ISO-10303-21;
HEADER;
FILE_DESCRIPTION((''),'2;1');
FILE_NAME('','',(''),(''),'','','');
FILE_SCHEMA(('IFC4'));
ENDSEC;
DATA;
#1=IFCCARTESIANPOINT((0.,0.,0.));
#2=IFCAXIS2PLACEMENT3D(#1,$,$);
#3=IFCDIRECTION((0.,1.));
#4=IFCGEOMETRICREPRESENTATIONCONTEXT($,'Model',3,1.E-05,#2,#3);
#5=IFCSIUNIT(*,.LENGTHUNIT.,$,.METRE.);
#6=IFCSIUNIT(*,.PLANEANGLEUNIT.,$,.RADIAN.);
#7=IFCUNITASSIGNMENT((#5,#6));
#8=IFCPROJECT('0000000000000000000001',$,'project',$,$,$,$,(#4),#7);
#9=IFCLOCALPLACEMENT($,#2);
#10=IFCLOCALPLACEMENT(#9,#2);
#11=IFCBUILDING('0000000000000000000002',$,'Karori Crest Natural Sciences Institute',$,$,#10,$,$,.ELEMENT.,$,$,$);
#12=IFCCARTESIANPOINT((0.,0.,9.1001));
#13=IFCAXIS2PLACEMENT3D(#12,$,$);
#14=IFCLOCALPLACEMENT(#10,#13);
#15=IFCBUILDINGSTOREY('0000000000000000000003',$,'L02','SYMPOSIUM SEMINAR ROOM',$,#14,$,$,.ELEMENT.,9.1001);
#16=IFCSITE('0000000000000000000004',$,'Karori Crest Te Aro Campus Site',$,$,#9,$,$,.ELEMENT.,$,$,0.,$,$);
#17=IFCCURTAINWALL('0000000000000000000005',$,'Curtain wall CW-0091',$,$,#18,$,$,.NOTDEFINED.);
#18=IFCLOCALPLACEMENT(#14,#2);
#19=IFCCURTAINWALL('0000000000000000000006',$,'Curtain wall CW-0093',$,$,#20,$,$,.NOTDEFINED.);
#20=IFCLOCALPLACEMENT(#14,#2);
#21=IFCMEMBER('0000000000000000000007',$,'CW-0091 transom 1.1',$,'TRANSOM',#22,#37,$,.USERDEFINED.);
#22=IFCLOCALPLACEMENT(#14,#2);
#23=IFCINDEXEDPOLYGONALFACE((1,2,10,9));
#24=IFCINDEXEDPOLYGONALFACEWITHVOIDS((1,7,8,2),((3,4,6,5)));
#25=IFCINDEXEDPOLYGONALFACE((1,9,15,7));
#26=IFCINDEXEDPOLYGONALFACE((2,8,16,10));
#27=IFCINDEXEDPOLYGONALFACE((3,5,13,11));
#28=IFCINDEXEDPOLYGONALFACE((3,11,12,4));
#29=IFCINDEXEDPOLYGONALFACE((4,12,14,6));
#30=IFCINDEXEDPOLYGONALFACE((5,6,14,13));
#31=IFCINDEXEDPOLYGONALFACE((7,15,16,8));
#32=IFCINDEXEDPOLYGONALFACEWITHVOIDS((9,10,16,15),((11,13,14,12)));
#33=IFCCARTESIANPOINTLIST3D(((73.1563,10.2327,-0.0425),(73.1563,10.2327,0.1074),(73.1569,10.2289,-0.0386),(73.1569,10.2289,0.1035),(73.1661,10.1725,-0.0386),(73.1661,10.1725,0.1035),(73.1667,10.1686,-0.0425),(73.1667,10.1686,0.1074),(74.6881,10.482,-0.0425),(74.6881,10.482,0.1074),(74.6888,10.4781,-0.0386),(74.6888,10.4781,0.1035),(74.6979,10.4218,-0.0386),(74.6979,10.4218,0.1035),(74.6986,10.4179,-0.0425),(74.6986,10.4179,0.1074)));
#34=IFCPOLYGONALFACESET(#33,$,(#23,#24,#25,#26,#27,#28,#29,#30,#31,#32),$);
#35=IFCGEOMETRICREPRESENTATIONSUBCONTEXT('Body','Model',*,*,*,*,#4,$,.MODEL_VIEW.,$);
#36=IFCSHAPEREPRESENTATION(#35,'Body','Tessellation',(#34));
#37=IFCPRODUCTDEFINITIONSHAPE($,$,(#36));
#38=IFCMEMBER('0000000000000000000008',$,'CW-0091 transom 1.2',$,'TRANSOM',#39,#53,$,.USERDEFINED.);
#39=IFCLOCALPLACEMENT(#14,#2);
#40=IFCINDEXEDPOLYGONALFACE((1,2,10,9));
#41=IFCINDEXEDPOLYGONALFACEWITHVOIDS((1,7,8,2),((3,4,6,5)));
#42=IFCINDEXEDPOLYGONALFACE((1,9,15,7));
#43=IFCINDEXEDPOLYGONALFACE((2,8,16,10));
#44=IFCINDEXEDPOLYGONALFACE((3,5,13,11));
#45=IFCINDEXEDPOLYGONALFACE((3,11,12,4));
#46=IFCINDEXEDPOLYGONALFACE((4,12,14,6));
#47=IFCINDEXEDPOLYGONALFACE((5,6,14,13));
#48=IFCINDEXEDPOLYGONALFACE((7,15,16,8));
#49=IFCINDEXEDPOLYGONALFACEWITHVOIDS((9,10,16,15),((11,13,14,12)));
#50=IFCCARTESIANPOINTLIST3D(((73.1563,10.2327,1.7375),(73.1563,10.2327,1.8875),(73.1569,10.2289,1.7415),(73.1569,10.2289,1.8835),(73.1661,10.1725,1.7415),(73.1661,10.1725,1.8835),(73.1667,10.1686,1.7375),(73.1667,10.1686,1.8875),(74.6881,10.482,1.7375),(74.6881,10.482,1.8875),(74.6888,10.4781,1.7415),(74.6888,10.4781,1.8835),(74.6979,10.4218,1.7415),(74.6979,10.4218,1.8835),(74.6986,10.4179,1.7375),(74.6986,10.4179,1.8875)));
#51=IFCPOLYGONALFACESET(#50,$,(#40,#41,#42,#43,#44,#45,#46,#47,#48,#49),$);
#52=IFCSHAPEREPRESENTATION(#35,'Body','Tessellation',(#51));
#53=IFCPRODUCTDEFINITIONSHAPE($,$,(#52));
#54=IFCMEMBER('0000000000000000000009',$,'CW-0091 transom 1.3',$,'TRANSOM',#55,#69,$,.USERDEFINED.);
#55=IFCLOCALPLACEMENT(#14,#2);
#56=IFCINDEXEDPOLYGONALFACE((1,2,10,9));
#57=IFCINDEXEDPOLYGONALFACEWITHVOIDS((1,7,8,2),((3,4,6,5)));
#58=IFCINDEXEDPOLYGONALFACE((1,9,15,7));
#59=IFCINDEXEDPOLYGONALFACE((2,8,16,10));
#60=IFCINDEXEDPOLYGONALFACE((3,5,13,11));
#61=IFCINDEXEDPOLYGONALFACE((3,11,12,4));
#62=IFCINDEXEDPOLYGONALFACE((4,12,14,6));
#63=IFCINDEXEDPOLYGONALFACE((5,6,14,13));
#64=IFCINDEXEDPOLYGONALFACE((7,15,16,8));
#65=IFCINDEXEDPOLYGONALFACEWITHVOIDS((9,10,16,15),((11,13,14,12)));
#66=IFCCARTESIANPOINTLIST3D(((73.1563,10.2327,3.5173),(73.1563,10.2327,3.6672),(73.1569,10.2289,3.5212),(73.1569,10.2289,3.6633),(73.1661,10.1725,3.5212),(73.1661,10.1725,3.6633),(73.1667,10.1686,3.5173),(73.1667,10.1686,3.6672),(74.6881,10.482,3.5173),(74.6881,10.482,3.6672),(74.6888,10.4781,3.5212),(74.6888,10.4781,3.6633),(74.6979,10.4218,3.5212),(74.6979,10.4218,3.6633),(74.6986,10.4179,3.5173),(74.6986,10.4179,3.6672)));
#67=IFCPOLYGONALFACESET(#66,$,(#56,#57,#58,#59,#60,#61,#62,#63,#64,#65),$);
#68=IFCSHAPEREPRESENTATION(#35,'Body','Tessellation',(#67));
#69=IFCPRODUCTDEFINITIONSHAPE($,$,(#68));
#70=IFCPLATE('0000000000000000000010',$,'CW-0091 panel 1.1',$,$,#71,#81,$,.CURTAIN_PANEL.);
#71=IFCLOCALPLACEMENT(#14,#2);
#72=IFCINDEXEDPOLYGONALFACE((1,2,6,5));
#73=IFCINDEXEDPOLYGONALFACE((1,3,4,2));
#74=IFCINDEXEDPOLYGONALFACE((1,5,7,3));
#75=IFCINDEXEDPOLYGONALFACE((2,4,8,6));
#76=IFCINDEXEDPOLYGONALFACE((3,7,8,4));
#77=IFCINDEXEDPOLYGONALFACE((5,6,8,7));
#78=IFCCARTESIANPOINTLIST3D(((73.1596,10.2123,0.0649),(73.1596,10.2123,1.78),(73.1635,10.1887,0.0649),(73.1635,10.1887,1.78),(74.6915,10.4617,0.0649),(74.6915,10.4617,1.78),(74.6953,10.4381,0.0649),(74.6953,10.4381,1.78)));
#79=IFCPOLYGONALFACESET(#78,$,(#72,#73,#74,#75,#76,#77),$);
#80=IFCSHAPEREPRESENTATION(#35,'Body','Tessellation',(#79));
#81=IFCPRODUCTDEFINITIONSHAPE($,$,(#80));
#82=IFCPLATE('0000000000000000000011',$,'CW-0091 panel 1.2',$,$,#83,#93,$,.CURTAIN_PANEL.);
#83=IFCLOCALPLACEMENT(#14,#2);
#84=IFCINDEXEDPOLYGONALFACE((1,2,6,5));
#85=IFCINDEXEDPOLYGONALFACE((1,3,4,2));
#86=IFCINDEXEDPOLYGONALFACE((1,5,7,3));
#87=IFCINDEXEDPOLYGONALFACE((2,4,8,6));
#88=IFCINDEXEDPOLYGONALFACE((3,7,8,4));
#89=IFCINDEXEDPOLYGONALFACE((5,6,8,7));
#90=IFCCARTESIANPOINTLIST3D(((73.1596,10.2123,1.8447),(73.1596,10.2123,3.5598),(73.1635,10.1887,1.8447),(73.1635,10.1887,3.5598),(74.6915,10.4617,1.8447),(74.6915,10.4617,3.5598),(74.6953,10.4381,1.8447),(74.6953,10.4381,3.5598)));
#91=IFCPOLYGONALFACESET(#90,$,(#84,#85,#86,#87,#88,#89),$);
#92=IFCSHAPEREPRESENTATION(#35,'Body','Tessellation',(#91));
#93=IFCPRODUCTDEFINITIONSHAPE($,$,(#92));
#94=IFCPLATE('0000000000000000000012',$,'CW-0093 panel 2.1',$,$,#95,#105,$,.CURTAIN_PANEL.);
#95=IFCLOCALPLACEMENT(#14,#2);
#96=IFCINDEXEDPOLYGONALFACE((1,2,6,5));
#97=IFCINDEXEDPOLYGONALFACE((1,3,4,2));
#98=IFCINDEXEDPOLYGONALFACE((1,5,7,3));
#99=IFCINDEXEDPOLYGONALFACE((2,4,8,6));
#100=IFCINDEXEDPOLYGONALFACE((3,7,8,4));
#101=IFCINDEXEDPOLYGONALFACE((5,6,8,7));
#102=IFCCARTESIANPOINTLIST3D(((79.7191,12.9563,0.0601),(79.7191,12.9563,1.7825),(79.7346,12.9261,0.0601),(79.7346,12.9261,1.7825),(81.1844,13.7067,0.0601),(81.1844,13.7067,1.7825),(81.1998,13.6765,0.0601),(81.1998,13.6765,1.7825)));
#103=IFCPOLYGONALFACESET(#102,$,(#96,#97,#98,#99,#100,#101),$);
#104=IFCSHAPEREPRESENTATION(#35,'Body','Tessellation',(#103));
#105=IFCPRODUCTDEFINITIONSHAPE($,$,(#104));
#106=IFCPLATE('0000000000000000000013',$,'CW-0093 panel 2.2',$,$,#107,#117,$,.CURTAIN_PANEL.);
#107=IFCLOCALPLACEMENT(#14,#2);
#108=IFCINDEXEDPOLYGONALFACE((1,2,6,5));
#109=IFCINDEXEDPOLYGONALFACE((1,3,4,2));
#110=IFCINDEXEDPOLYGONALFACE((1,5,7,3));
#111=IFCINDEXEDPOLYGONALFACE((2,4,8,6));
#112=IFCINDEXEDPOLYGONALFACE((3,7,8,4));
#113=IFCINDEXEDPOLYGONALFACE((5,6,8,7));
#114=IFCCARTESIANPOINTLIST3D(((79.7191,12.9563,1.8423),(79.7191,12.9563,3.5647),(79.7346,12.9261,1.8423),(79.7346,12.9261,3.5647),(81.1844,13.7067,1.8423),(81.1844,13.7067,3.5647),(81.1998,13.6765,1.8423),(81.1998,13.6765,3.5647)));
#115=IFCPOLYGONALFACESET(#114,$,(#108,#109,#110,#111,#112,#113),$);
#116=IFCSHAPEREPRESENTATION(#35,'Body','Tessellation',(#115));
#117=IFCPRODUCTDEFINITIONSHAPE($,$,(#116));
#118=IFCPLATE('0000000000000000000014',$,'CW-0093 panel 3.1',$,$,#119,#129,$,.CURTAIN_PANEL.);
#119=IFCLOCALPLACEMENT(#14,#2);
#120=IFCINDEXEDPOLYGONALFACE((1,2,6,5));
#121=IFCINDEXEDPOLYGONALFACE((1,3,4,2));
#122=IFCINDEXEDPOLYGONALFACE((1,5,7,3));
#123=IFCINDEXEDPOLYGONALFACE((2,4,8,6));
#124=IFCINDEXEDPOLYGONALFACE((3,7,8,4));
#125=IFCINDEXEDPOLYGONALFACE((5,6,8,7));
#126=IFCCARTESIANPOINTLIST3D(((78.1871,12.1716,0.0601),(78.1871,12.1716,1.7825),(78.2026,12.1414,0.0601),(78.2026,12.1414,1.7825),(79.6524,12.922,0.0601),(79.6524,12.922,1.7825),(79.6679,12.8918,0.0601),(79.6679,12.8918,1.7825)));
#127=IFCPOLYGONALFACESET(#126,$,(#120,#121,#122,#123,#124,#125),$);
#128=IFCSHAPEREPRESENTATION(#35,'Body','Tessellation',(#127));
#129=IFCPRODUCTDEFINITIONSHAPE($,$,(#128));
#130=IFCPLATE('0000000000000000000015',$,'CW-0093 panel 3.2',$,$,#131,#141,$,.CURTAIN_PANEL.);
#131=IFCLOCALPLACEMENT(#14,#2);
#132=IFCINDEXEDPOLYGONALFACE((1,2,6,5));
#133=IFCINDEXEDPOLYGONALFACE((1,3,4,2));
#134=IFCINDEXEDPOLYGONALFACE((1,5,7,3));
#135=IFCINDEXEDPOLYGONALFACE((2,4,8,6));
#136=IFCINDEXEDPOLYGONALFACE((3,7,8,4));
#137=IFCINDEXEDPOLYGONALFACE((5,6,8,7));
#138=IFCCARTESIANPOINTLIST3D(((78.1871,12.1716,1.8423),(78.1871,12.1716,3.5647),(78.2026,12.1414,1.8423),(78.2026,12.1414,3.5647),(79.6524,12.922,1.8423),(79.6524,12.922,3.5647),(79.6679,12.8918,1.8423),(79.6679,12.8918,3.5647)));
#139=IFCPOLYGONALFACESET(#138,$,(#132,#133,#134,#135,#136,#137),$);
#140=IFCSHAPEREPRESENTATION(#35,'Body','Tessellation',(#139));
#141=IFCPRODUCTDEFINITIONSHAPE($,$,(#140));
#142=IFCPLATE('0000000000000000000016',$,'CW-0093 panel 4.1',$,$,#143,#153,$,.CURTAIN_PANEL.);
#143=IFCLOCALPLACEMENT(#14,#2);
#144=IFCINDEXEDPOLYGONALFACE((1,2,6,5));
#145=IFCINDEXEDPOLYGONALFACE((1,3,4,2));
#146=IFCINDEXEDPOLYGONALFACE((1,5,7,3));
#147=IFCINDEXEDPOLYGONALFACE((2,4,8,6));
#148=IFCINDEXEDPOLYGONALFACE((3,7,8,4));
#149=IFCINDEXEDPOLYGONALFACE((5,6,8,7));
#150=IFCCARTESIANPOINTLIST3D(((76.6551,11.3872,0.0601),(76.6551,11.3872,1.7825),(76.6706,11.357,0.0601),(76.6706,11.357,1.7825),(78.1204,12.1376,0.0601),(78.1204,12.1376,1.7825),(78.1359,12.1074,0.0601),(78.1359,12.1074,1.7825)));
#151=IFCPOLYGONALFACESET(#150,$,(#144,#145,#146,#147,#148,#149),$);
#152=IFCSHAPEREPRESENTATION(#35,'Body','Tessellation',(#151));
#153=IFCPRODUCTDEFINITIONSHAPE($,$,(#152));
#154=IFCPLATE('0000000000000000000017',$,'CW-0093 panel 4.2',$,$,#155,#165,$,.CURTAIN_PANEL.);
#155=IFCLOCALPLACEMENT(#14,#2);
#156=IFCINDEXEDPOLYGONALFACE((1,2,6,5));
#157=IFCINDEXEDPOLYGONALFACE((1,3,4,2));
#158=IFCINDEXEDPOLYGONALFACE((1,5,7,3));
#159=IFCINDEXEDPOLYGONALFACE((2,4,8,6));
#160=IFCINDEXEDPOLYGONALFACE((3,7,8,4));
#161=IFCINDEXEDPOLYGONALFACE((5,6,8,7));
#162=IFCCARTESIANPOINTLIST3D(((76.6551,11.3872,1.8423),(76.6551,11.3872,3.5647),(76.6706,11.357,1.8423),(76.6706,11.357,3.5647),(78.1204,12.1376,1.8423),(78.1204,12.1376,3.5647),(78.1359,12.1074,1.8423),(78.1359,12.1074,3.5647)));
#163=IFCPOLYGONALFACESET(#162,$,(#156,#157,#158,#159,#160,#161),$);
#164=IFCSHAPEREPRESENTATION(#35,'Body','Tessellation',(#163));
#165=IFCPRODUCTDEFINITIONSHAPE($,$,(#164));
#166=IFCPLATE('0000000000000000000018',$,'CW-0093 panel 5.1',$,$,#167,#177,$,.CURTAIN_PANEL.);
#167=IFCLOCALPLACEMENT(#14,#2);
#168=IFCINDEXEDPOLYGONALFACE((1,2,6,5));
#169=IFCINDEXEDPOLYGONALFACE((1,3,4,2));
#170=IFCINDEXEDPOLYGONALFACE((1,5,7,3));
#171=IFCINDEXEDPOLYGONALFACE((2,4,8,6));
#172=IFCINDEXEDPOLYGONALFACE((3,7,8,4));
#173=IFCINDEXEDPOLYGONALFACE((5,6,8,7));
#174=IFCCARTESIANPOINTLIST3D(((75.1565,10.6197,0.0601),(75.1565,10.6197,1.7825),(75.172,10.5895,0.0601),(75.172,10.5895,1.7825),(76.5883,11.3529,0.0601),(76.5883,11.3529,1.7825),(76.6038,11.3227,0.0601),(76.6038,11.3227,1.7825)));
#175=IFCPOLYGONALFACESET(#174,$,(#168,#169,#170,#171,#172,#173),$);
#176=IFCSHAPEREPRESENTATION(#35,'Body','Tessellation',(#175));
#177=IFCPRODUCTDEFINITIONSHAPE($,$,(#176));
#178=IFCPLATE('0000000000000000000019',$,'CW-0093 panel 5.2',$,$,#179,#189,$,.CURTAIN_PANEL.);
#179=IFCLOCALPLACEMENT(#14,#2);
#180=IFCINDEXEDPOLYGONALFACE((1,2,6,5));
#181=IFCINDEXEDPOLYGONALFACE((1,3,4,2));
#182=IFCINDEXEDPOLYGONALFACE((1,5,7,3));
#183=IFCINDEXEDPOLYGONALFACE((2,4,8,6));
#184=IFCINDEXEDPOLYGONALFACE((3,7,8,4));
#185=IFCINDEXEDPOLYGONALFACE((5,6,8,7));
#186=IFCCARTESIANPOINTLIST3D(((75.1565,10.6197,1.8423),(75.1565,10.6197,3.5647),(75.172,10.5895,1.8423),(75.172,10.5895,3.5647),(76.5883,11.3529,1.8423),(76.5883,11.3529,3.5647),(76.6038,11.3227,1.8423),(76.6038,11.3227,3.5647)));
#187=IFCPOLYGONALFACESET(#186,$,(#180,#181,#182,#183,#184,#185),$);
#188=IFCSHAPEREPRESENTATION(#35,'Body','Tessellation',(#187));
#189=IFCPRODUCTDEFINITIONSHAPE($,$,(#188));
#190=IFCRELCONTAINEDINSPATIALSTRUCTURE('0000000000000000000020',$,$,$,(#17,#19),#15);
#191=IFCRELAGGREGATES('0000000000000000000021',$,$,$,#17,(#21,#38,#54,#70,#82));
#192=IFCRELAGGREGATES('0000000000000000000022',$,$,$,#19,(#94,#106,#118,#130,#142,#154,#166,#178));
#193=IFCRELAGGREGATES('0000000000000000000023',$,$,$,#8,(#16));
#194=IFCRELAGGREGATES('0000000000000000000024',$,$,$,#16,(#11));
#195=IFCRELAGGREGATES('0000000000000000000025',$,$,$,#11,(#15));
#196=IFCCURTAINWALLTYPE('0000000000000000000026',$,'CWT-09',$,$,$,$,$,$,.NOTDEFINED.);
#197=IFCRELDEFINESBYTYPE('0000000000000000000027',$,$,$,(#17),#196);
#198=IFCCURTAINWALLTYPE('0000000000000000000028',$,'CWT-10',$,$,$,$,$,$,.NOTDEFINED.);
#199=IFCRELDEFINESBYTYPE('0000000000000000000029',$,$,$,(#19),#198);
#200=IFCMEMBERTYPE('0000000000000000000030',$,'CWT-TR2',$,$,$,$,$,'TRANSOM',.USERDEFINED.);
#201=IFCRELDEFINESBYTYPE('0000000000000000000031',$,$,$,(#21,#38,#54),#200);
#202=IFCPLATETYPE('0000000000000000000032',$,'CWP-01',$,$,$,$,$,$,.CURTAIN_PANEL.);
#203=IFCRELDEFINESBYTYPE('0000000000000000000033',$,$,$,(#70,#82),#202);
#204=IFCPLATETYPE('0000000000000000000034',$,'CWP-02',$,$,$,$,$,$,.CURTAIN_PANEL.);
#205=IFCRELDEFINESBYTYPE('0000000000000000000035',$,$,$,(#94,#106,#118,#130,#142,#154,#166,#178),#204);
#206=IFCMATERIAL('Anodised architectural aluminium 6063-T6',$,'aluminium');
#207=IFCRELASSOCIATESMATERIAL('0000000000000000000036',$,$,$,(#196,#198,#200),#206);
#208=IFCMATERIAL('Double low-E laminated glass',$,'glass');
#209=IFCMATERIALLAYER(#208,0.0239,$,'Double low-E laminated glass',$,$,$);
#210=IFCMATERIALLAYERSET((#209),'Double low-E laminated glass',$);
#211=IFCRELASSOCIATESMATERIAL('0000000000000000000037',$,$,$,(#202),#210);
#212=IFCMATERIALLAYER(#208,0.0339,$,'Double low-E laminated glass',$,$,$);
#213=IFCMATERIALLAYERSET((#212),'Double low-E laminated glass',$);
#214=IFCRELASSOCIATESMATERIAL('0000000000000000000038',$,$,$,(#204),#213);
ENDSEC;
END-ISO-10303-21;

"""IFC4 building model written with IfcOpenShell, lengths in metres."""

from ifc_helpers import new_model, si_unit, direction, frame, origin, origin_2d, place, context, subcontext, project, spatial, rectangle, hollow_rectangle, extrude, material, layer, layer_set, material_profile, profile_set, type_object, element, aggregate, save


model = new_model("IFC4")

# Units and contexts
model_context = context("Model", 3, precision=1e-05, world=origin(), true_north=direction((0.0, 1.0)))
body_context = subcontext(model_context, "Body", "Model", "MODEL_VIEW")
ifc_project = project(units=[si_unit("LENGTHUNIT", "METRE"), si_unit("PLANEANGLEUNIT", "RADIAN")], contexts=[model_context])

# Site, building, storey
site_placement = place(None, origin())
site = spatial("IfcSite", under=ifc_project, at=site_placement, Name="Karori Crest Te Aro Campus Site", CompositionType="ELEMENT", RefElevation=0.0)
building_placement = place(site_placement, origin())
building = spatial("IfcBuilding", under=site, at=building_placement, Name="Karori Crest Natural Sciences Institute", CompositionType="ELEMENT")
storey_placement = place(building_placement, frame((0.0, 0.0, 9.1001)))
storey = spatial("IfcBuildingStorey", under=building, at=storey_placement, Name="L02", Description="SYMPOSIUM SEMINAR ROOM", CompositionType="ELEMENT", Elevation=9.1001)

# Curtain wall
ifc_material_1 = material(Name="Anodised architectural aluminium 6063-T6", Category="aluminium")
curtain_wall_type_1 = type_object("IfcCurtainWallType", Name="CWT-09", PredefinedType="NOTDEFINED", material=ifc_material_1)
curtain_wall_1_placement = place(storey_placement, origin())
curtain_wall_1 = element("IfcCurtainWall", 1, at=curtain_wall_1_placement, inside=storey, type_object=curtain_wall_type_1, Name="Curtain wall CW-0091", PredefinedType="NOTDEFINED")

# Curtain wall
curtain_wall_type_2 = type_object("IfcCurtainWallType", Name="CWT-10", PredefinedType="NOTDEFINED", material=ifc_material_1)
curtain_wall_2_placement = place(storey_placement, origin())
curtain_wall_2 = element("IfcCurtainWall", 2, at=curtain_wall_2_placement, inside=storey, type_object=curtain_wall_type_2, Name="Curtain wall CW-0093", PredefinedType="NOTDEFINED")

# Members
ifc_material_profile_1 = material_profile(ifc_material_1, hollow_rectangle(XDim=0.0649, YDim=0.1499, WallThickness=0.0039, at=origin_2d()), Name="CWT150x65x4")
ifc_profile_set_1 = profile_set([ifc_material_profile_1], Name="Anodised architectural aluminium 6063-T6")
member_type_1 = type_object("IfcMemberType", Name="CWT-TR2", ElementType="TRANSOM", PredefinedType="USERDEFINED", material=ifc_profile_set_1)
member_1_placement = place(storey_placement, frame((74.6934, 10.45, 0.0325), z_axis=(-0.987016, -0.160622, 0.0), x_axis=(0.160622, -0.987016, 0.0)))
member_1 = element("IfcMember", 3, at=member_1_placement, type_object=member_type_1, Name="CW-0091 transom 1.1", ObjectType="TRANSOM", PredefinedType="USERDEFINED", context=body_context, shape_type="SweptSolid", body=[
    extrude(hollow_rectangle(XDim=0.0649, YDim=0.1499, WallThickness=0.0039, at=origin_2d()), origin(), (0.0, 0.0, 1.0), 1.552),
])
member_2_placement = place(storey_placement, frame((74.6934, 10.45, 1.8125), z_axis=(-0.987016, -0.160622, 0.0), x_axis=(0.160622, -0.987016, 0.0)))
member_2 = element("IfcMember", 4, at=member_2_placement, type_object=member_type_1, Name="CW-0091 transom 1.2", ObjectType="TRANSOM", PredefinedType="USERDEFINED", context=body_context, shape_type="SweptSolid", body=[
    extrude(hollow_rectangle(XDim=0.0649, YDim=0.1499, WallThickness=0.0039, at=origin_2d()), origin(), (0.0, 0.0, 1.0), 1.552),
])
member_3_placement = place(storey_placement, frame((74.6934, 10.45, 3.5923), z_axis=(-0.987016, -0.160622, 0.0), x_axis=(0.160622, -0.987016, 0.0)))
member_3 = element("IfcMember", 5, at=member_3_placement, type_object=member_type_1, Name="CW-0091 transom 1.3", ObjectType="TRANSOM", PredefinedType="USERDEFINED", context=body_context, shape_type="SweptSolid", body=[
    extrude(hollow_rectangle(XDim=0.0649, YDim=0.1499, WallThickness=0.0039, at=origin_2d()), origin(), (0.0, 0.0, 1.0), 1.552),
])

# Plates
ifc_material_2 = material(Name="Double low-E laminated glass", Category="glass")
ifc_layer_1 = layer(ifc_material_2, 0.0239, Name="Double low-E laminated glass")
ifc_layer_set_1 = layer_set([ifc_layer_1], Name="Double low-E laminated glass")
plate_type_1 = type_object("IfcPlateType", Name="CWP-01", PredefinedType="CURTAIN_PANEL", material=ifc_layer_set_1)
plate_1_placement = place(storey_placement, frame((73.9275, 10.3252, 0.0649), z_axis=(0.0, 0.0, 1.0), x_axis=(-0.98701, -0.160657, 0.0)))
plate_1 = element("IfcPlate", 6, at=plate_1_placement, type_object=plate_type_1, Name="CW-0091 panel 1.1", PredefinedType="CURTAIN_PANEL", context=body_context, shape_type="SweptSolid", body=[
    extrude(rectangle(XDim=1.552, YDim=0.0239, at=origin_2d()), origin(), (0.0, 0.0, 1.0), 1.7151),
])
plate_2_placement = place(storey_placement, frame((73.9275, 10.3252, 1.8447), z_axis=(0.0, 0.0, 1.0), x_axis=(-0.98701, -0.160657, 0.0)))
plate_2 = element("IfcPlate", 7, at=plate_2_placement, type_object=plate_type_1, Name="CW-0091 panel 1.2", PredefinedType="CURTAIN_PANEL", context=body_context, shape_type="SweptSolid", body=[
    extrude(rectangle(XDim=1.552, YDim=0.0239, at=origin_2d()), origin(), (0.0, 0.0, 1.0), 1.7151),
])
aggregate(curtain_wall_1, [member_1, member_2, member_3, plate_1, plate_2])
ifc_layer_2 = layer(ifc_material_2, 0.0339, Name="Double low-E laminated glass")
ifc_layer_set_2 = layer_set([ifc_layer_2], Name="Double low-E laminated glass")
plate_type_2 = type_object("IfcPlateType", Name="CWP-02", PredefinedType="CURTAIN_PANEL", material=ifc_layer_set_2)
plate_3_placement = place(storey_placement, frame((80.4595, 13.3164, 0.0601), z_axis=(0.0, 0.0, 1.0), x_axis=(-0.890065, -0.455833, 0.0)))
plate_3 = element("IfcPlate", 8, at=plate_3_placement, type_object=plate_type_2, Name="CW-0093 panel 2.1", PredefinedType="CURTAIN_PANEL", context=body_context, shape_type="SweptSolid", body=[
    extrude(rectangle(XDim=1.6462, YDim=0.0339, at=origin_2d()), origin(), (0.0, 0.0, 1.0), 1.7224),
])
plate_4_placement = place(storey_placement, frame((80.4595, 13.3164, 1.8423), z_axis=(0.0, 0.0, 1.0), x_axis=(-0.890065, -0.455833, 0.0)))
plate_4 = element("IfcPlate", 9, at=plate_4_placement, type_object=plate_type_2, Name="CW-0093 panel 2.2", PredefinedType="CURTAIN_PANEL", context=body_context, shape_type="SweptSolid", body=[
    extrude(rectangle(XDim=1.6462, YDim=0.0339, at=origin_2d()), origin(), (0.0, 0.0, 1.0), 1.7224),
])
plate_5_placement = place(storey_placement, frame((78.9275, 12.5317, 0.0601), z_axis=(0.0, 0.0, 1.0), x_axis=(-0.890065, -0.455833, 0.0)))
plate_5 = element("IfcPlate", 10, at=plate_5_placement, type_object=plate_type_2, Name="CW-0093 panel 3.1", PredefinedType="CURTAIN_PANEL", context=body_context, shape_type="SweptSolid", body=[
    extrude(rectangle(XDim=1.6462, YDim=0.0339, at=origin_2d()), origin(), (0.0, 0.0, 1.0), 1.7224),
])
plate_6_placement = place(storey_placement, frame((78.9275, 12.5317, 1.8423), z_axis=(0.0, 0.0, 1.0), x_axis=(-0.890065, -0.455833, 0.0)))
plate_6 = element("IfcPlate", 11, at=plate_6_placement, type_object=plate_type_2, Name="CW-0093 panel 3.2", PredefinedType="CURTAIN_PANEL", context=body_context, shape_type="SweptSolid", body=[
    extrude(rectangle(XDim=1.6462, YDim=0.0339, at=origin_2d()), origin(), (0.0, 0.0, 1.0), 1.7224),
])
plate_7_placement = place(storey_placement, frame((77.3955, 11.7473, 0.0601), z_axis=(0.0, 0.0, 1.0), x_axis=(-0.890065, -0.455833, 0.0)))
plate_7 = element("IfcPlate", 12, at=plate_7_placement, type_object=plate_type_2, Name="CW-0093 panel 4.1", PredefinedType="CURTAIN_PANEL", context=body_context, shape_type="SweptSolid", body=[
    extrude(rectangle(XDim=1.6462, YDim=0.0339, at=origin_2d()), origin(), (0.0, 0.0, 1.0), 1.7224),
])
plate_8_placement = place(storey_placement, frame((77.3955, 11.7473, 1.8423), z_axis=(0.0, 0.0, 1.0), x_axis=(-0.890065, -0.455833, 0.0)))
plate_8 = element("IfcPlate", 13, at=plate_8_placement, type_object=plate_type_2, Name="CW-0093 panel 4.2", PredefinedType="CURTAIN_PANEL", context=body_context, shape_type="SweptSolid", body=[
    extrude(rectangle(XDim=1.6462, YDim=0.0339, at=origin_2d()), origin(), (0.0, 0.0, 1.0), 1.7224),
])
plate_9_placement = place(storey_placement, frame((75.8801, 10.9712, 0.0601), z_axis=(0.0, 0.0, 1.0), x_axis=(-0.890065, -0.455833, 0.0)))
plate_9 = element("IfcPlate", 14, at=plate_9_placement, type_object=plate_type_2, Name="CW-0093 panel 5.1", PredefinedType="CURTAIN_PANEL", context=body_context, shape_type="SweptSolid", body=[
    extrude(rectangle(XDim=1.6086, YDim=0.0339, at=origin_2d()), origin(), (0.0, 0.0, 1.0), 1.7224),
])
plate_10_placement = place(storey_placement, frame((75.8801, 10.9712, 1.8423), z_axis=(0.0, 0.0, 1.0), x_axis=(-0.890065, -0.455833, 0.0)))
plate_10 = element("IfcPlate", 15, at=plate_10_placement, type_object=plate_type_2, Name="CW-0093 panel 5.2", PredefinedType="CURTAIN_PANEL", context=body_context, shape_type="SweptSolid", body=[
    extrude(rectangle(XDim=1.6086, YDim=0.0339, at=origin_2d()), origin(), (0.0, 0.0, 1.0), 1.7224),
])
aggregate(curtain_wall_2, [plate_3, plate_4, plate_5, plate_6, plate_7, plate_8, plate_9, plate_10])

save(model, "model.ifc")
